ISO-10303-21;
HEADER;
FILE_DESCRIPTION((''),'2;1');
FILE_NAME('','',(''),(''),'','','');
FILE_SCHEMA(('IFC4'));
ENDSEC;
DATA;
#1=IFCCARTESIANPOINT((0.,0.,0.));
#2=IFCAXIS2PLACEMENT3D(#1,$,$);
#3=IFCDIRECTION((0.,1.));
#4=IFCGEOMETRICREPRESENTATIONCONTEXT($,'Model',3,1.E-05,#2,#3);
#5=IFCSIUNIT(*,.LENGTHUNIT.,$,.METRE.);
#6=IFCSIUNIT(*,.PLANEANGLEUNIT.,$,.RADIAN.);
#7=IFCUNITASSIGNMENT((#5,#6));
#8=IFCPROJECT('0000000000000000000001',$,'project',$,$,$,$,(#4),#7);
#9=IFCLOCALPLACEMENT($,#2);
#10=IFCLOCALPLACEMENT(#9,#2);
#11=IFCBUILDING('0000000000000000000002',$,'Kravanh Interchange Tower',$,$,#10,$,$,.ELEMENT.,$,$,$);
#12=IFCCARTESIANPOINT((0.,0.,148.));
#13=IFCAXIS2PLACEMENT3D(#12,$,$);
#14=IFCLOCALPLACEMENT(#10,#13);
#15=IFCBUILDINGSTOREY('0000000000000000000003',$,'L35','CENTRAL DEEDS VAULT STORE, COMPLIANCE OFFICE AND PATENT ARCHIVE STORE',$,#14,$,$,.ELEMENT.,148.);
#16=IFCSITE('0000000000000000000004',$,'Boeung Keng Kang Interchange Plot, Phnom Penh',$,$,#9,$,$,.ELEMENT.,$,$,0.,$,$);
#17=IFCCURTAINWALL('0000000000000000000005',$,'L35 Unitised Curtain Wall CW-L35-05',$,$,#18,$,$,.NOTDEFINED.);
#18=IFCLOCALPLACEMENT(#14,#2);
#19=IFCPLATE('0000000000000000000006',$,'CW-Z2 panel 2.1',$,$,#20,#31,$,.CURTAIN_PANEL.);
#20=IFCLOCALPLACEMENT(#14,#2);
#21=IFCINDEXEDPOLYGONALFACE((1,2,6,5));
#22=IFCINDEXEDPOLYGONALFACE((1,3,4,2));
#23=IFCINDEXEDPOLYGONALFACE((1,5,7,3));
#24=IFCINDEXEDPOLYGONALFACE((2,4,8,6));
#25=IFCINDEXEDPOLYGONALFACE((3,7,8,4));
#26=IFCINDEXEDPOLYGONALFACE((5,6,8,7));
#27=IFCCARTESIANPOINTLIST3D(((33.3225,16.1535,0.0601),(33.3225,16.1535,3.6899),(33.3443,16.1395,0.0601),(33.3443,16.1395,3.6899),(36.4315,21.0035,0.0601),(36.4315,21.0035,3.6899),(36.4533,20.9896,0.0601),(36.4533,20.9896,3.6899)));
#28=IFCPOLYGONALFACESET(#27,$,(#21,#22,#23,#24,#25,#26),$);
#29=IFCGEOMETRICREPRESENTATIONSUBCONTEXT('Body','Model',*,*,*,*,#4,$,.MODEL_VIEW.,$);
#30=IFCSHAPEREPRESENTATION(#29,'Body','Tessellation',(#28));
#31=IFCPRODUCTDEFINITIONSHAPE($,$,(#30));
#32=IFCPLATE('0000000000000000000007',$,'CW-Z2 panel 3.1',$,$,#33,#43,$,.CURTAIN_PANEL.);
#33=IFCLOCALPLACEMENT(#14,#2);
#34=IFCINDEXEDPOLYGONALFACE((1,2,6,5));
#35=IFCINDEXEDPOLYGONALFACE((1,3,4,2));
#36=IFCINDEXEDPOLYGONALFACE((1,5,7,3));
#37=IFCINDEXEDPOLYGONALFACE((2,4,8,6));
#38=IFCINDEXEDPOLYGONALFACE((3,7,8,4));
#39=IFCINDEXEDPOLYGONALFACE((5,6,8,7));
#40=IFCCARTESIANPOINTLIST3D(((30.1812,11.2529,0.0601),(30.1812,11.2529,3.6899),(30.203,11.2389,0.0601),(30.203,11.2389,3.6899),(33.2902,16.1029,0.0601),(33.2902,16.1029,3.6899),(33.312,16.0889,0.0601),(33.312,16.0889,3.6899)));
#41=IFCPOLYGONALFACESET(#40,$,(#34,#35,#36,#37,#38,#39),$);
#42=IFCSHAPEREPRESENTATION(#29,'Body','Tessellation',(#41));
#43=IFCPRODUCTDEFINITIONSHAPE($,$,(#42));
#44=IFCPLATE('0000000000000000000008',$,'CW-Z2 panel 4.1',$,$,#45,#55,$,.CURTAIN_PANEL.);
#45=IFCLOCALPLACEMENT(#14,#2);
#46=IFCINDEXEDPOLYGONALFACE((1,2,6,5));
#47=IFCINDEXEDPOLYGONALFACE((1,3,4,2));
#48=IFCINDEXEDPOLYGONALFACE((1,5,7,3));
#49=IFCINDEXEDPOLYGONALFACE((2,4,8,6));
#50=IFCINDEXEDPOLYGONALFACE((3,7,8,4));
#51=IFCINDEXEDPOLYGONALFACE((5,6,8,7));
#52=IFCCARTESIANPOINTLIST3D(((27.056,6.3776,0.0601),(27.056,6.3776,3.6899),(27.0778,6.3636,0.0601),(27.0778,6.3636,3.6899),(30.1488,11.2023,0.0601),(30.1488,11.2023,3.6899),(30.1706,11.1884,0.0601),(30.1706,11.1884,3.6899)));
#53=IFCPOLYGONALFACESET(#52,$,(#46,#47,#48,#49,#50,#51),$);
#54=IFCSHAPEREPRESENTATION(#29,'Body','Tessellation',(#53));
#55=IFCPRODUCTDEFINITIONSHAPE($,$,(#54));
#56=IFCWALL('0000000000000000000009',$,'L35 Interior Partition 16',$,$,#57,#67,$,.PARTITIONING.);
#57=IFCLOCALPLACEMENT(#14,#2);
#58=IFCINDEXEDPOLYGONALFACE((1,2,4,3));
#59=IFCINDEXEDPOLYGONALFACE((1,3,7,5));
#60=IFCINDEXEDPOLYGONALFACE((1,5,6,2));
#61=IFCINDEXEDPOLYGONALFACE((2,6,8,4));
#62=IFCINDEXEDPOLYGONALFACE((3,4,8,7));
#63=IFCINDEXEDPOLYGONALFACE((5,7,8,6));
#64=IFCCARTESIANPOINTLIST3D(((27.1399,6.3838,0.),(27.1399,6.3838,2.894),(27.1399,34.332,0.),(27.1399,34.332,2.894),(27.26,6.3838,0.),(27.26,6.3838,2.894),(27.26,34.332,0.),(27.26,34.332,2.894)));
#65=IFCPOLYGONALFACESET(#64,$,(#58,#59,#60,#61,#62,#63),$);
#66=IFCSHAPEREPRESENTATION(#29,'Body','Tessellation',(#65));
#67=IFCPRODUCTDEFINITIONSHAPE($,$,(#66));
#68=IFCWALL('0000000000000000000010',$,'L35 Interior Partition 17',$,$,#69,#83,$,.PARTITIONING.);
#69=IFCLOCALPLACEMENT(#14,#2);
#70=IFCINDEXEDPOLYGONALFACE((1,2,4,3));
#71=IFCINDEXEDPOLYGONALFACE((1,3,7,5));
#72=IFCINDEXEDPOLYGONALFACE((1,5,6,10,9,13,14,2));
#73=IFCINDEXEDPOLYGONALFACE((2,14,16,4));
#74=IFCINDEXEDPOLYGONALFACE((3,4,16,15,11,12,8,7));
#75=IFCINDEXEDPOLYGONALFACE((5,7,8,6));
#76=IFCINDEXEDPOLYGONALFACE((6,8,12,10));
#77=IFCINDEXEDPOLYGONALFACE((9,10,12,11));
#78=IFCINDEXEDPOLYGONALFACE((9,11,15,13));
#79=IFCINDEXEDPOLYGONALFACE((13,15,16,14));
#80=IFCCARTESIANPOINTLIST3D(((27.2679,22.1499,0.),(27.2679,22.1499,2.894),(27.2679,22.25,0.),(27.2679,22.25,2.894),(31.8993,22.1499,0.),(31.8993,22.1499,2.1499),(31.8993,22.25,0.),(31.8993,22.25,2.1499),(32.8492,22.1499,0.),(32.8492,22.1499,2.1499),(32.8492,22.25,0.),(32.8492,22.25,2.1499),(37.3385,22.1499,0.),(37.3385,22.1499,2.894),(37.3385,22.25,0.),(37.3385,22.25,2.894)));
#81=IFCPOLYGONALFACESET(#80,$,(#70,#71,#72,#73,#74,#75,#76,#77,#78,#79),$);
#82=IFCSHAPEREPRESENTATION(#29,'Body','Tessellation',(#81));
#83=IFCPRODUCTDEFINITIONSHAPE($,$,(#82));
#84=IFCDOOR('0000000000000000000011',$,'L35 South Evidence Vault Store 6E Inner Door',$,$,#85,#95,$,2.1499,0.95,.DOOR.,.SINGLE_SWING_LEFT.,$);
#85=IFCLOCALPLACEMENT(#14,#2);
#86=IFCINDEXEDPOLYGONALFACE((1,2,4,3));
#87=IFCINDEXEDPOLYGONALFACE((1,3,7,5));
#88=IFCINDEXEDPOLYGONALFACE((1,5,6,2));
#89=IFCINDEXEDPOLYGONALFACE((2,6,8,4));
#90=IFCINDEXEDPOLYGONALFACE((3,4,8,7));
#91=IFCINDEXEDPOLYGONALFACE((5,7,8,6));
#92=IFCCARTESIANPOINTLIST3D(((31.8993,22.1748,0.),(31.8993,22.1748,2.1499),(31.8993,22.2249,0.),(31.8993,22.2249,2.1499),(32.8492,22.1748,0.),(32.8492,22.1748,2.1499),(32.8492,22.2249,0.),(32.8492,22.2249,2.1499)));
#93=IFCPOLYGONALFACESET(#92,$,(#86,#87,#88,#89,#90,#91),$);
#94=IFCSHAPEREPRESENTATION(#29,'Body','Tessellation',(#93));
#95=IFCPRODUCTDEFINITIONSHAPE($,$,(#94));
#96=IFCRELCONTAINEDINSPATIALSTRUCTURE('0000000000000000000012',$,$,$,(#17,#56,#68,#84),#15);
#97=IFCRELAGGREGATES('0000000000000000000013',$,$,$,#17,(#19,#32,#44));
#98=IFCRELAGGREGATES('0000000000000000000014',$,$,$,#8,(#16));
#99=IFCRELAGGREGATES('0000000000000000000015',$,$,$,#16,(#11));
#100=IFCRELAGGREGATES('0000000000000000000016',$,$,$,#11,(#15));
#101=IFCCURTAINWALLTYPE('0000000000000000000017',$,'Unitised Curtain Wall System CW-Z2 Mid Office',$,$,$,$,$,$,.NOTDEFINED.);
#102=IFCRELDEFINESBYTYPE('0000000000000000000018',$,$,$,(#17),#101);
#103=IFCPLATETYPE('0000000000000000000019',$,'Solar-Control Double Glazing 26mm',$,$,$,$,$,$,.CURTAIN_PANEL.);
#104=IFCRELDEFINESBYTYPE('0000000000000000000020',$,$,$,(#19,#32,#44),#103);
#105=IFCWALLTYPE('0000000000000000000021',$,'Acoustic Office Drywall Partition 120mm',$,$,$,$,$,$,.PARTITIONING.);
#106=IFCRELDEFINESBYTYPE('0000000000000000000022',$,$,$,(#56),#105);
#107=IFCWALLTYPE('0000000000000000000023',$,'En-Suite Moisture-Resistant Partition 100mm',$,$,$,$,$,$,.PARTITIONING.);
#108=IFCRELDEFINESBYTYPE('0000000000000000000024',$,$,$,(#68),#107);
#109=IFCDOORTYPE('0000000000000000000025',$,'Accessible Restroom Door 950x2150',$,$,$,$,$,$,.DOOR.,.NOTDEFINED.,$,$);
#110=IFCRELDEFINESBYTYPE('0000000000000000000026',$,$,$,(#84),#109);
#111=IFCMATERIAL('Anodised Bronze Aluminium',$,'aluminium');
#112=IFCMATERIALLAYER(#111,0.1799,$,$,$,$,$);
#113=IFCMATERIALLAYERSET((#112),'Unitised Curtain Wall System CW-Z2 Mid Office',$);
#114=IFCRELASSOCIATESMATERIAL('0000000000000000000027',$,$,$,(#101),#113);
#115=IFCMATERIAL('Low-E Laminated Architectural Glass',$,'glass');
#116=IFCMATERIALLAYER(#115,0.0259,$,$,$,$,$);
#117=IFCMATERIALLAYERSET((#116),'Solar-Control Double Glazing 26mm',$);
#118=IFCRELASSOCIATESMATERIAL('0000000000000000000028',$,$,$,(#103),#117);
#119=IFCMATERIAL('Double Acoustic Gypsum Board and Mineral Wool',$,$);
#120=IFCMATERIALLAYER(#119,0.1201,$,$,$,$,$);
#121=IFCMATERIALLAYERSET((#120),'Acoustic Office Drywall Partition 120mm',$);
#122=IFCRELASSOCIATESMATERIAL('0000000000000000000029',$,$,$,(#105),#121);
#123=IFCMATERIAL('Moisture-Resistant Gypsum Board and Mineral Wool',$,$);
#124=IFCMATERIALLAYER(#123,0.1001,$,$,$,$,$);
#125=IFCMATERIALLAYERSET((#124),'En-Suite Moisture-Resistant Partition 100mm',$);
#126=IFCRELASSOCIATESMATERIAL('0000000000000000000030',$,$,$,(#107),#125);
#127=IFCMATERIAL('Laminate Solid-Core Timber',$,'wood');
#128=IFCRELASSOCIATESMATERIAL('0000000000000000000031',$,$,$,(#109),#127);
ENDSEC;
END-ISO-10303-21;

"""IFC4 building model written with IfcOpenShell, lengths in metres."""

from ifc_helpers import new_model, si_unit, direction, frame, frame_2d, origin, origin_2d, place, context, subcontext, project, spatial, rectangle, extrude, material, layer, layer_set, type_object, element, fill, aggregate, save


model = new_model("IFC4")

# Units and contexts
model_context = context("Model", 3, precision=1e-05, world=origin(), true_north=direction((0.0, 1.0)))
body_context = subcontext(model_context, "Body", "Model", "MODEL_VIEW")
ifc_project = project(units=[si_unit("LENGTHUNIT", "METRE"), si_unit("PLANEANGLEUNIT", "RADIAN")], contexts=[model_context])

# Site, building, storey
site_placement = place(None, origin())
site = spatial("IfcSite", under=ifc_project, at=site_placement, Name="Boeung Keng Kang Interchange Plot, Phnom Penh", CompositionType="ELEMENT", RefElevation=0.0)
building_placement = place(site_placement, origin())
building = spatial("IfcBuilding", under=site, at=building_placement, Name="Kravanh Interchange Tower", CompositionType="ELEMENT")
storey_placement = place(building_placement, frame((0.0, 0.0, 148.0)))
storey = spatial("IfcBuildingStorey", under=building, at=storey_placement, Name="L35", Description="CENTRAL DEEDS VAULT STORE, COMPLIANCE OFFICE AND PATENT ARCHIVE STORE", CompositionType="ELEMENT", Elevation=148.0)

# Curtain wall
ifc_material_1 = material(Name="Anodised Bronze Aluminium", Category="aluminium")
ifc_layer_1 = layer(ifc_material_1, 0.1799)
ifc_layer_set_1 = layer_set([ifc_layer_1], Name="Unitised Curtain Wall System CW-Z2 Mid Office")
curtain_wall_type = type_object("IfcCurtainWallType", Name="Unitised Curtain Wall System CW-Z2 Mid Office", PredefinedType="NOTDEFINED", material=ifc_layer_set_1)
curtain_wall_1_placement = place(storey_placement, origin())
curtain_wall_1 = element("IfcCurtainWall", 1, at=curtain_wall_1_placement, inside=storey, type_object=curtain_wall_type, Name="L35 Unitised Curtain Wall CW-L35-05", PredefinedType="NOTDEFINED")

# Plates
ifc_material_2 = material(Name="Low-E Laminated Architectural Glass", Category="glass")
ifc_layer_2 = layer(ifc_material_2, 0.0259)
ifc_layer_set_2 = layer_set([ifc_layer_2], Name="Solar-Control Double Glazing 26mm")
plate_type = type_object("IfcPlateType", Name="Solar-Control Double Glazing 26mm", PredefinedType="CURTAIN_PANEL", material=ifc_layer_set_2)
plate_1_placement = place(storey_placement, frame((34.8879, 18.5715, 0.0601), z_axis=(0.0, 0.0, 1.0), x_axis=(-0.539665, -0.84188, 0.0)))
plate_1 = element("IfcPlate", 2, at=plate_1_placement, type_object=plate_type, Name="CW-Z2 panel 2.1", PredefinedType="CURTAIN_PANEL", context=body_context, shape_type="SweptSolid", body=[
    extrude(rectangle(XDim=5.761, YDim=0.0259, at=origin_2d()), origin(), (0.0, 0.0, 1.0), 3.6299),
])
plate_2_placement = place(storey_placement, frame((31.7466, 13.6709, 0.0601), z_axis=(0.0, 0.0, 1.0), x_axis=(-0.539665, -0.84188, 0.0)))
plate_2 = element("IfcPlate", 3, at=plate_2_placement, type_object=plate_type, Name="CW-Z2 panel 3.1", PredefinedType="CURTAIN_PANEL", context=body_context, shape_type="SweptSolid", body=[
    extrude(rectangle(XDim=5.761, YDim=0.0259, at=origin_2d()), origin(), (0.0, 0.0, 1.0), 3.6299),
])
plate_3_placement = place(storey_placement, frame((28.6133, 8.783, 0.0601), z_axis=(0.0, 0.0, 1.0), x_axis=(-0.539665, -0.84188, 0.0)))
plate_3 = element("IfcPlate", 4, at=plate_3_placement, type_object=plate_type, Name="CW-Z2 panel 4.1", PredefinedType="CURTAIN_PANEL", context=body_context, shape_type="SweptSolid", body=[
    extrude(rectangle(XDim=5.731, YDim=0.0259, at=origin_2d()), origin(), (0.0, 0.0, 1.0), 3.6299),
])
aggregate(curtain_wall_1, [plate_1, plate_2, plate_3])

# Wall
ifc_material_3 = material(Name="Double Acoustic Gypsum Board and Mineral Wool")
ifc_layer_3 = layer(ifc_material_3, 0.1201)
ifc_layer_set_3 = layer_set([ifc_layer_3], Name="Acoustic Office Drywall Partition 120mm")
wall_type_1 = type_object("IfcWallType", Name="Acoustic Office Drywall Partition 120mm", PredefinedType="PARTITIONING", material=ifc_layer_set_3)
wall_1_placement = place(storey_placement, frame((27.2, 6.3838, 0.0), z_axis=(0.0, 0.0, 1.0), x_axis=(0.0, 1.0, 0.0)))
element("IfcWall", 5, at=wall_1_placement, inside=storey, type_object=wall_type_1, Name="L35 Interior Partition 16", PredefinedType="PARTITIONING", context=body_context, shape_type="SweptSolid", body=[
    extrude(rectangle(XDim=27.9482, YDim=0.1201, at=frame_2d((13.9741, 0.0))), origin(), (0.0, 0.0, 1.0), 2.894),
])

# Wall, opening, door
ifc_material_4 = material(Name="Moisture-Resistant Gypsum Board and Mineral Wool")
ifc_layer_4 = layer(ifc_material_4, 0.1001)
ifc_layer_set_4 = layer_set([ifc_layer_4], Name="En-Suite Moisture-Resistant Partition 100mm")
wall_type_2 = type_object("IfcWallType", Name="En-Suite Moisture-Resistant Partition 100mm", PredefinedType="PARTITIONING", material=ifc_layer_set_4)
wall_2_placement = place(storey_placement, frame((27.2681, 22.2, 0.0), z_axis=(0.0, 0.0, 1.0), x_axis=(1.0, 0.0, 0.0)))
wall_2 = element("IfcWall", 6, at=wall_2_placement, inside=storey, type_object=wall_type_2, Name="L35 Interior Partition 17", PredefinedType="PARTITIONING", context=body_context, shape_type="SweptSolid", body=[
    extrude(rectangle(XDim=10.0706, YDim=0.1001, at=frame_2d((5.0352, 0.0))), origin(), (0.0, 0.0, 1.0), 2.894),
])
opening_placement = place(wall_2_placement, frame((4.6311, 0.0, 0.0)))
opening = element("IfcOpeningElement", 7, at=opening_placement, cuts=wall_2, PredefinedType="OPENING", context=body_context, shape_type="SweptSolid", body=[
    extrude(rectangle(XDim=0.95, YDim=2.1499, at=frame_2d((0.4751, 1.075))), frame((0.0, 0.0601, 0.0), z_axis=(0.0, -1.0, 0.0), x_axis=(1.0, 0.0, 0.0)), (0.0, 0.0, 1.0), 0.1201),
])
ifc_material_5 = material(Name="Laminate Solid-Core Timber", Category="wood")
door_type = type_object("IfcDoorType", Name="Accessible Restroom Door 950x2150", OperationType="NOTDEFINED", PredefinedType="DOOR", material=ifc_material_5)
door_placement = place(opening_placement, origin())
door = element("IfcDoor", 8, at=door_placement, inside=storey, type_object=door_type, Name="L35 South Evidence Vault Store 6E Inner Door", OperationType="SINGLE_SWING_LEFT", OverallHeight=2.1499, OverallWidth=0.95, PredefinedType="DOOR", context=body_context, shape_type="SweptSolid", body=[
    extrude(rectangle(XDim=0.95, YDim=2.1499, at=frame_2d((0.4751, 1.075))), frame((0.0, 0.0249, 0.0), z_axis=(0.0, -1.0, 0.0), x_axis=(1.0, 0.0, 0.0)), (0.0, 0.0, 1.0), 0.05),
])
fill(opening, door)

save(model, "model.ifc")
